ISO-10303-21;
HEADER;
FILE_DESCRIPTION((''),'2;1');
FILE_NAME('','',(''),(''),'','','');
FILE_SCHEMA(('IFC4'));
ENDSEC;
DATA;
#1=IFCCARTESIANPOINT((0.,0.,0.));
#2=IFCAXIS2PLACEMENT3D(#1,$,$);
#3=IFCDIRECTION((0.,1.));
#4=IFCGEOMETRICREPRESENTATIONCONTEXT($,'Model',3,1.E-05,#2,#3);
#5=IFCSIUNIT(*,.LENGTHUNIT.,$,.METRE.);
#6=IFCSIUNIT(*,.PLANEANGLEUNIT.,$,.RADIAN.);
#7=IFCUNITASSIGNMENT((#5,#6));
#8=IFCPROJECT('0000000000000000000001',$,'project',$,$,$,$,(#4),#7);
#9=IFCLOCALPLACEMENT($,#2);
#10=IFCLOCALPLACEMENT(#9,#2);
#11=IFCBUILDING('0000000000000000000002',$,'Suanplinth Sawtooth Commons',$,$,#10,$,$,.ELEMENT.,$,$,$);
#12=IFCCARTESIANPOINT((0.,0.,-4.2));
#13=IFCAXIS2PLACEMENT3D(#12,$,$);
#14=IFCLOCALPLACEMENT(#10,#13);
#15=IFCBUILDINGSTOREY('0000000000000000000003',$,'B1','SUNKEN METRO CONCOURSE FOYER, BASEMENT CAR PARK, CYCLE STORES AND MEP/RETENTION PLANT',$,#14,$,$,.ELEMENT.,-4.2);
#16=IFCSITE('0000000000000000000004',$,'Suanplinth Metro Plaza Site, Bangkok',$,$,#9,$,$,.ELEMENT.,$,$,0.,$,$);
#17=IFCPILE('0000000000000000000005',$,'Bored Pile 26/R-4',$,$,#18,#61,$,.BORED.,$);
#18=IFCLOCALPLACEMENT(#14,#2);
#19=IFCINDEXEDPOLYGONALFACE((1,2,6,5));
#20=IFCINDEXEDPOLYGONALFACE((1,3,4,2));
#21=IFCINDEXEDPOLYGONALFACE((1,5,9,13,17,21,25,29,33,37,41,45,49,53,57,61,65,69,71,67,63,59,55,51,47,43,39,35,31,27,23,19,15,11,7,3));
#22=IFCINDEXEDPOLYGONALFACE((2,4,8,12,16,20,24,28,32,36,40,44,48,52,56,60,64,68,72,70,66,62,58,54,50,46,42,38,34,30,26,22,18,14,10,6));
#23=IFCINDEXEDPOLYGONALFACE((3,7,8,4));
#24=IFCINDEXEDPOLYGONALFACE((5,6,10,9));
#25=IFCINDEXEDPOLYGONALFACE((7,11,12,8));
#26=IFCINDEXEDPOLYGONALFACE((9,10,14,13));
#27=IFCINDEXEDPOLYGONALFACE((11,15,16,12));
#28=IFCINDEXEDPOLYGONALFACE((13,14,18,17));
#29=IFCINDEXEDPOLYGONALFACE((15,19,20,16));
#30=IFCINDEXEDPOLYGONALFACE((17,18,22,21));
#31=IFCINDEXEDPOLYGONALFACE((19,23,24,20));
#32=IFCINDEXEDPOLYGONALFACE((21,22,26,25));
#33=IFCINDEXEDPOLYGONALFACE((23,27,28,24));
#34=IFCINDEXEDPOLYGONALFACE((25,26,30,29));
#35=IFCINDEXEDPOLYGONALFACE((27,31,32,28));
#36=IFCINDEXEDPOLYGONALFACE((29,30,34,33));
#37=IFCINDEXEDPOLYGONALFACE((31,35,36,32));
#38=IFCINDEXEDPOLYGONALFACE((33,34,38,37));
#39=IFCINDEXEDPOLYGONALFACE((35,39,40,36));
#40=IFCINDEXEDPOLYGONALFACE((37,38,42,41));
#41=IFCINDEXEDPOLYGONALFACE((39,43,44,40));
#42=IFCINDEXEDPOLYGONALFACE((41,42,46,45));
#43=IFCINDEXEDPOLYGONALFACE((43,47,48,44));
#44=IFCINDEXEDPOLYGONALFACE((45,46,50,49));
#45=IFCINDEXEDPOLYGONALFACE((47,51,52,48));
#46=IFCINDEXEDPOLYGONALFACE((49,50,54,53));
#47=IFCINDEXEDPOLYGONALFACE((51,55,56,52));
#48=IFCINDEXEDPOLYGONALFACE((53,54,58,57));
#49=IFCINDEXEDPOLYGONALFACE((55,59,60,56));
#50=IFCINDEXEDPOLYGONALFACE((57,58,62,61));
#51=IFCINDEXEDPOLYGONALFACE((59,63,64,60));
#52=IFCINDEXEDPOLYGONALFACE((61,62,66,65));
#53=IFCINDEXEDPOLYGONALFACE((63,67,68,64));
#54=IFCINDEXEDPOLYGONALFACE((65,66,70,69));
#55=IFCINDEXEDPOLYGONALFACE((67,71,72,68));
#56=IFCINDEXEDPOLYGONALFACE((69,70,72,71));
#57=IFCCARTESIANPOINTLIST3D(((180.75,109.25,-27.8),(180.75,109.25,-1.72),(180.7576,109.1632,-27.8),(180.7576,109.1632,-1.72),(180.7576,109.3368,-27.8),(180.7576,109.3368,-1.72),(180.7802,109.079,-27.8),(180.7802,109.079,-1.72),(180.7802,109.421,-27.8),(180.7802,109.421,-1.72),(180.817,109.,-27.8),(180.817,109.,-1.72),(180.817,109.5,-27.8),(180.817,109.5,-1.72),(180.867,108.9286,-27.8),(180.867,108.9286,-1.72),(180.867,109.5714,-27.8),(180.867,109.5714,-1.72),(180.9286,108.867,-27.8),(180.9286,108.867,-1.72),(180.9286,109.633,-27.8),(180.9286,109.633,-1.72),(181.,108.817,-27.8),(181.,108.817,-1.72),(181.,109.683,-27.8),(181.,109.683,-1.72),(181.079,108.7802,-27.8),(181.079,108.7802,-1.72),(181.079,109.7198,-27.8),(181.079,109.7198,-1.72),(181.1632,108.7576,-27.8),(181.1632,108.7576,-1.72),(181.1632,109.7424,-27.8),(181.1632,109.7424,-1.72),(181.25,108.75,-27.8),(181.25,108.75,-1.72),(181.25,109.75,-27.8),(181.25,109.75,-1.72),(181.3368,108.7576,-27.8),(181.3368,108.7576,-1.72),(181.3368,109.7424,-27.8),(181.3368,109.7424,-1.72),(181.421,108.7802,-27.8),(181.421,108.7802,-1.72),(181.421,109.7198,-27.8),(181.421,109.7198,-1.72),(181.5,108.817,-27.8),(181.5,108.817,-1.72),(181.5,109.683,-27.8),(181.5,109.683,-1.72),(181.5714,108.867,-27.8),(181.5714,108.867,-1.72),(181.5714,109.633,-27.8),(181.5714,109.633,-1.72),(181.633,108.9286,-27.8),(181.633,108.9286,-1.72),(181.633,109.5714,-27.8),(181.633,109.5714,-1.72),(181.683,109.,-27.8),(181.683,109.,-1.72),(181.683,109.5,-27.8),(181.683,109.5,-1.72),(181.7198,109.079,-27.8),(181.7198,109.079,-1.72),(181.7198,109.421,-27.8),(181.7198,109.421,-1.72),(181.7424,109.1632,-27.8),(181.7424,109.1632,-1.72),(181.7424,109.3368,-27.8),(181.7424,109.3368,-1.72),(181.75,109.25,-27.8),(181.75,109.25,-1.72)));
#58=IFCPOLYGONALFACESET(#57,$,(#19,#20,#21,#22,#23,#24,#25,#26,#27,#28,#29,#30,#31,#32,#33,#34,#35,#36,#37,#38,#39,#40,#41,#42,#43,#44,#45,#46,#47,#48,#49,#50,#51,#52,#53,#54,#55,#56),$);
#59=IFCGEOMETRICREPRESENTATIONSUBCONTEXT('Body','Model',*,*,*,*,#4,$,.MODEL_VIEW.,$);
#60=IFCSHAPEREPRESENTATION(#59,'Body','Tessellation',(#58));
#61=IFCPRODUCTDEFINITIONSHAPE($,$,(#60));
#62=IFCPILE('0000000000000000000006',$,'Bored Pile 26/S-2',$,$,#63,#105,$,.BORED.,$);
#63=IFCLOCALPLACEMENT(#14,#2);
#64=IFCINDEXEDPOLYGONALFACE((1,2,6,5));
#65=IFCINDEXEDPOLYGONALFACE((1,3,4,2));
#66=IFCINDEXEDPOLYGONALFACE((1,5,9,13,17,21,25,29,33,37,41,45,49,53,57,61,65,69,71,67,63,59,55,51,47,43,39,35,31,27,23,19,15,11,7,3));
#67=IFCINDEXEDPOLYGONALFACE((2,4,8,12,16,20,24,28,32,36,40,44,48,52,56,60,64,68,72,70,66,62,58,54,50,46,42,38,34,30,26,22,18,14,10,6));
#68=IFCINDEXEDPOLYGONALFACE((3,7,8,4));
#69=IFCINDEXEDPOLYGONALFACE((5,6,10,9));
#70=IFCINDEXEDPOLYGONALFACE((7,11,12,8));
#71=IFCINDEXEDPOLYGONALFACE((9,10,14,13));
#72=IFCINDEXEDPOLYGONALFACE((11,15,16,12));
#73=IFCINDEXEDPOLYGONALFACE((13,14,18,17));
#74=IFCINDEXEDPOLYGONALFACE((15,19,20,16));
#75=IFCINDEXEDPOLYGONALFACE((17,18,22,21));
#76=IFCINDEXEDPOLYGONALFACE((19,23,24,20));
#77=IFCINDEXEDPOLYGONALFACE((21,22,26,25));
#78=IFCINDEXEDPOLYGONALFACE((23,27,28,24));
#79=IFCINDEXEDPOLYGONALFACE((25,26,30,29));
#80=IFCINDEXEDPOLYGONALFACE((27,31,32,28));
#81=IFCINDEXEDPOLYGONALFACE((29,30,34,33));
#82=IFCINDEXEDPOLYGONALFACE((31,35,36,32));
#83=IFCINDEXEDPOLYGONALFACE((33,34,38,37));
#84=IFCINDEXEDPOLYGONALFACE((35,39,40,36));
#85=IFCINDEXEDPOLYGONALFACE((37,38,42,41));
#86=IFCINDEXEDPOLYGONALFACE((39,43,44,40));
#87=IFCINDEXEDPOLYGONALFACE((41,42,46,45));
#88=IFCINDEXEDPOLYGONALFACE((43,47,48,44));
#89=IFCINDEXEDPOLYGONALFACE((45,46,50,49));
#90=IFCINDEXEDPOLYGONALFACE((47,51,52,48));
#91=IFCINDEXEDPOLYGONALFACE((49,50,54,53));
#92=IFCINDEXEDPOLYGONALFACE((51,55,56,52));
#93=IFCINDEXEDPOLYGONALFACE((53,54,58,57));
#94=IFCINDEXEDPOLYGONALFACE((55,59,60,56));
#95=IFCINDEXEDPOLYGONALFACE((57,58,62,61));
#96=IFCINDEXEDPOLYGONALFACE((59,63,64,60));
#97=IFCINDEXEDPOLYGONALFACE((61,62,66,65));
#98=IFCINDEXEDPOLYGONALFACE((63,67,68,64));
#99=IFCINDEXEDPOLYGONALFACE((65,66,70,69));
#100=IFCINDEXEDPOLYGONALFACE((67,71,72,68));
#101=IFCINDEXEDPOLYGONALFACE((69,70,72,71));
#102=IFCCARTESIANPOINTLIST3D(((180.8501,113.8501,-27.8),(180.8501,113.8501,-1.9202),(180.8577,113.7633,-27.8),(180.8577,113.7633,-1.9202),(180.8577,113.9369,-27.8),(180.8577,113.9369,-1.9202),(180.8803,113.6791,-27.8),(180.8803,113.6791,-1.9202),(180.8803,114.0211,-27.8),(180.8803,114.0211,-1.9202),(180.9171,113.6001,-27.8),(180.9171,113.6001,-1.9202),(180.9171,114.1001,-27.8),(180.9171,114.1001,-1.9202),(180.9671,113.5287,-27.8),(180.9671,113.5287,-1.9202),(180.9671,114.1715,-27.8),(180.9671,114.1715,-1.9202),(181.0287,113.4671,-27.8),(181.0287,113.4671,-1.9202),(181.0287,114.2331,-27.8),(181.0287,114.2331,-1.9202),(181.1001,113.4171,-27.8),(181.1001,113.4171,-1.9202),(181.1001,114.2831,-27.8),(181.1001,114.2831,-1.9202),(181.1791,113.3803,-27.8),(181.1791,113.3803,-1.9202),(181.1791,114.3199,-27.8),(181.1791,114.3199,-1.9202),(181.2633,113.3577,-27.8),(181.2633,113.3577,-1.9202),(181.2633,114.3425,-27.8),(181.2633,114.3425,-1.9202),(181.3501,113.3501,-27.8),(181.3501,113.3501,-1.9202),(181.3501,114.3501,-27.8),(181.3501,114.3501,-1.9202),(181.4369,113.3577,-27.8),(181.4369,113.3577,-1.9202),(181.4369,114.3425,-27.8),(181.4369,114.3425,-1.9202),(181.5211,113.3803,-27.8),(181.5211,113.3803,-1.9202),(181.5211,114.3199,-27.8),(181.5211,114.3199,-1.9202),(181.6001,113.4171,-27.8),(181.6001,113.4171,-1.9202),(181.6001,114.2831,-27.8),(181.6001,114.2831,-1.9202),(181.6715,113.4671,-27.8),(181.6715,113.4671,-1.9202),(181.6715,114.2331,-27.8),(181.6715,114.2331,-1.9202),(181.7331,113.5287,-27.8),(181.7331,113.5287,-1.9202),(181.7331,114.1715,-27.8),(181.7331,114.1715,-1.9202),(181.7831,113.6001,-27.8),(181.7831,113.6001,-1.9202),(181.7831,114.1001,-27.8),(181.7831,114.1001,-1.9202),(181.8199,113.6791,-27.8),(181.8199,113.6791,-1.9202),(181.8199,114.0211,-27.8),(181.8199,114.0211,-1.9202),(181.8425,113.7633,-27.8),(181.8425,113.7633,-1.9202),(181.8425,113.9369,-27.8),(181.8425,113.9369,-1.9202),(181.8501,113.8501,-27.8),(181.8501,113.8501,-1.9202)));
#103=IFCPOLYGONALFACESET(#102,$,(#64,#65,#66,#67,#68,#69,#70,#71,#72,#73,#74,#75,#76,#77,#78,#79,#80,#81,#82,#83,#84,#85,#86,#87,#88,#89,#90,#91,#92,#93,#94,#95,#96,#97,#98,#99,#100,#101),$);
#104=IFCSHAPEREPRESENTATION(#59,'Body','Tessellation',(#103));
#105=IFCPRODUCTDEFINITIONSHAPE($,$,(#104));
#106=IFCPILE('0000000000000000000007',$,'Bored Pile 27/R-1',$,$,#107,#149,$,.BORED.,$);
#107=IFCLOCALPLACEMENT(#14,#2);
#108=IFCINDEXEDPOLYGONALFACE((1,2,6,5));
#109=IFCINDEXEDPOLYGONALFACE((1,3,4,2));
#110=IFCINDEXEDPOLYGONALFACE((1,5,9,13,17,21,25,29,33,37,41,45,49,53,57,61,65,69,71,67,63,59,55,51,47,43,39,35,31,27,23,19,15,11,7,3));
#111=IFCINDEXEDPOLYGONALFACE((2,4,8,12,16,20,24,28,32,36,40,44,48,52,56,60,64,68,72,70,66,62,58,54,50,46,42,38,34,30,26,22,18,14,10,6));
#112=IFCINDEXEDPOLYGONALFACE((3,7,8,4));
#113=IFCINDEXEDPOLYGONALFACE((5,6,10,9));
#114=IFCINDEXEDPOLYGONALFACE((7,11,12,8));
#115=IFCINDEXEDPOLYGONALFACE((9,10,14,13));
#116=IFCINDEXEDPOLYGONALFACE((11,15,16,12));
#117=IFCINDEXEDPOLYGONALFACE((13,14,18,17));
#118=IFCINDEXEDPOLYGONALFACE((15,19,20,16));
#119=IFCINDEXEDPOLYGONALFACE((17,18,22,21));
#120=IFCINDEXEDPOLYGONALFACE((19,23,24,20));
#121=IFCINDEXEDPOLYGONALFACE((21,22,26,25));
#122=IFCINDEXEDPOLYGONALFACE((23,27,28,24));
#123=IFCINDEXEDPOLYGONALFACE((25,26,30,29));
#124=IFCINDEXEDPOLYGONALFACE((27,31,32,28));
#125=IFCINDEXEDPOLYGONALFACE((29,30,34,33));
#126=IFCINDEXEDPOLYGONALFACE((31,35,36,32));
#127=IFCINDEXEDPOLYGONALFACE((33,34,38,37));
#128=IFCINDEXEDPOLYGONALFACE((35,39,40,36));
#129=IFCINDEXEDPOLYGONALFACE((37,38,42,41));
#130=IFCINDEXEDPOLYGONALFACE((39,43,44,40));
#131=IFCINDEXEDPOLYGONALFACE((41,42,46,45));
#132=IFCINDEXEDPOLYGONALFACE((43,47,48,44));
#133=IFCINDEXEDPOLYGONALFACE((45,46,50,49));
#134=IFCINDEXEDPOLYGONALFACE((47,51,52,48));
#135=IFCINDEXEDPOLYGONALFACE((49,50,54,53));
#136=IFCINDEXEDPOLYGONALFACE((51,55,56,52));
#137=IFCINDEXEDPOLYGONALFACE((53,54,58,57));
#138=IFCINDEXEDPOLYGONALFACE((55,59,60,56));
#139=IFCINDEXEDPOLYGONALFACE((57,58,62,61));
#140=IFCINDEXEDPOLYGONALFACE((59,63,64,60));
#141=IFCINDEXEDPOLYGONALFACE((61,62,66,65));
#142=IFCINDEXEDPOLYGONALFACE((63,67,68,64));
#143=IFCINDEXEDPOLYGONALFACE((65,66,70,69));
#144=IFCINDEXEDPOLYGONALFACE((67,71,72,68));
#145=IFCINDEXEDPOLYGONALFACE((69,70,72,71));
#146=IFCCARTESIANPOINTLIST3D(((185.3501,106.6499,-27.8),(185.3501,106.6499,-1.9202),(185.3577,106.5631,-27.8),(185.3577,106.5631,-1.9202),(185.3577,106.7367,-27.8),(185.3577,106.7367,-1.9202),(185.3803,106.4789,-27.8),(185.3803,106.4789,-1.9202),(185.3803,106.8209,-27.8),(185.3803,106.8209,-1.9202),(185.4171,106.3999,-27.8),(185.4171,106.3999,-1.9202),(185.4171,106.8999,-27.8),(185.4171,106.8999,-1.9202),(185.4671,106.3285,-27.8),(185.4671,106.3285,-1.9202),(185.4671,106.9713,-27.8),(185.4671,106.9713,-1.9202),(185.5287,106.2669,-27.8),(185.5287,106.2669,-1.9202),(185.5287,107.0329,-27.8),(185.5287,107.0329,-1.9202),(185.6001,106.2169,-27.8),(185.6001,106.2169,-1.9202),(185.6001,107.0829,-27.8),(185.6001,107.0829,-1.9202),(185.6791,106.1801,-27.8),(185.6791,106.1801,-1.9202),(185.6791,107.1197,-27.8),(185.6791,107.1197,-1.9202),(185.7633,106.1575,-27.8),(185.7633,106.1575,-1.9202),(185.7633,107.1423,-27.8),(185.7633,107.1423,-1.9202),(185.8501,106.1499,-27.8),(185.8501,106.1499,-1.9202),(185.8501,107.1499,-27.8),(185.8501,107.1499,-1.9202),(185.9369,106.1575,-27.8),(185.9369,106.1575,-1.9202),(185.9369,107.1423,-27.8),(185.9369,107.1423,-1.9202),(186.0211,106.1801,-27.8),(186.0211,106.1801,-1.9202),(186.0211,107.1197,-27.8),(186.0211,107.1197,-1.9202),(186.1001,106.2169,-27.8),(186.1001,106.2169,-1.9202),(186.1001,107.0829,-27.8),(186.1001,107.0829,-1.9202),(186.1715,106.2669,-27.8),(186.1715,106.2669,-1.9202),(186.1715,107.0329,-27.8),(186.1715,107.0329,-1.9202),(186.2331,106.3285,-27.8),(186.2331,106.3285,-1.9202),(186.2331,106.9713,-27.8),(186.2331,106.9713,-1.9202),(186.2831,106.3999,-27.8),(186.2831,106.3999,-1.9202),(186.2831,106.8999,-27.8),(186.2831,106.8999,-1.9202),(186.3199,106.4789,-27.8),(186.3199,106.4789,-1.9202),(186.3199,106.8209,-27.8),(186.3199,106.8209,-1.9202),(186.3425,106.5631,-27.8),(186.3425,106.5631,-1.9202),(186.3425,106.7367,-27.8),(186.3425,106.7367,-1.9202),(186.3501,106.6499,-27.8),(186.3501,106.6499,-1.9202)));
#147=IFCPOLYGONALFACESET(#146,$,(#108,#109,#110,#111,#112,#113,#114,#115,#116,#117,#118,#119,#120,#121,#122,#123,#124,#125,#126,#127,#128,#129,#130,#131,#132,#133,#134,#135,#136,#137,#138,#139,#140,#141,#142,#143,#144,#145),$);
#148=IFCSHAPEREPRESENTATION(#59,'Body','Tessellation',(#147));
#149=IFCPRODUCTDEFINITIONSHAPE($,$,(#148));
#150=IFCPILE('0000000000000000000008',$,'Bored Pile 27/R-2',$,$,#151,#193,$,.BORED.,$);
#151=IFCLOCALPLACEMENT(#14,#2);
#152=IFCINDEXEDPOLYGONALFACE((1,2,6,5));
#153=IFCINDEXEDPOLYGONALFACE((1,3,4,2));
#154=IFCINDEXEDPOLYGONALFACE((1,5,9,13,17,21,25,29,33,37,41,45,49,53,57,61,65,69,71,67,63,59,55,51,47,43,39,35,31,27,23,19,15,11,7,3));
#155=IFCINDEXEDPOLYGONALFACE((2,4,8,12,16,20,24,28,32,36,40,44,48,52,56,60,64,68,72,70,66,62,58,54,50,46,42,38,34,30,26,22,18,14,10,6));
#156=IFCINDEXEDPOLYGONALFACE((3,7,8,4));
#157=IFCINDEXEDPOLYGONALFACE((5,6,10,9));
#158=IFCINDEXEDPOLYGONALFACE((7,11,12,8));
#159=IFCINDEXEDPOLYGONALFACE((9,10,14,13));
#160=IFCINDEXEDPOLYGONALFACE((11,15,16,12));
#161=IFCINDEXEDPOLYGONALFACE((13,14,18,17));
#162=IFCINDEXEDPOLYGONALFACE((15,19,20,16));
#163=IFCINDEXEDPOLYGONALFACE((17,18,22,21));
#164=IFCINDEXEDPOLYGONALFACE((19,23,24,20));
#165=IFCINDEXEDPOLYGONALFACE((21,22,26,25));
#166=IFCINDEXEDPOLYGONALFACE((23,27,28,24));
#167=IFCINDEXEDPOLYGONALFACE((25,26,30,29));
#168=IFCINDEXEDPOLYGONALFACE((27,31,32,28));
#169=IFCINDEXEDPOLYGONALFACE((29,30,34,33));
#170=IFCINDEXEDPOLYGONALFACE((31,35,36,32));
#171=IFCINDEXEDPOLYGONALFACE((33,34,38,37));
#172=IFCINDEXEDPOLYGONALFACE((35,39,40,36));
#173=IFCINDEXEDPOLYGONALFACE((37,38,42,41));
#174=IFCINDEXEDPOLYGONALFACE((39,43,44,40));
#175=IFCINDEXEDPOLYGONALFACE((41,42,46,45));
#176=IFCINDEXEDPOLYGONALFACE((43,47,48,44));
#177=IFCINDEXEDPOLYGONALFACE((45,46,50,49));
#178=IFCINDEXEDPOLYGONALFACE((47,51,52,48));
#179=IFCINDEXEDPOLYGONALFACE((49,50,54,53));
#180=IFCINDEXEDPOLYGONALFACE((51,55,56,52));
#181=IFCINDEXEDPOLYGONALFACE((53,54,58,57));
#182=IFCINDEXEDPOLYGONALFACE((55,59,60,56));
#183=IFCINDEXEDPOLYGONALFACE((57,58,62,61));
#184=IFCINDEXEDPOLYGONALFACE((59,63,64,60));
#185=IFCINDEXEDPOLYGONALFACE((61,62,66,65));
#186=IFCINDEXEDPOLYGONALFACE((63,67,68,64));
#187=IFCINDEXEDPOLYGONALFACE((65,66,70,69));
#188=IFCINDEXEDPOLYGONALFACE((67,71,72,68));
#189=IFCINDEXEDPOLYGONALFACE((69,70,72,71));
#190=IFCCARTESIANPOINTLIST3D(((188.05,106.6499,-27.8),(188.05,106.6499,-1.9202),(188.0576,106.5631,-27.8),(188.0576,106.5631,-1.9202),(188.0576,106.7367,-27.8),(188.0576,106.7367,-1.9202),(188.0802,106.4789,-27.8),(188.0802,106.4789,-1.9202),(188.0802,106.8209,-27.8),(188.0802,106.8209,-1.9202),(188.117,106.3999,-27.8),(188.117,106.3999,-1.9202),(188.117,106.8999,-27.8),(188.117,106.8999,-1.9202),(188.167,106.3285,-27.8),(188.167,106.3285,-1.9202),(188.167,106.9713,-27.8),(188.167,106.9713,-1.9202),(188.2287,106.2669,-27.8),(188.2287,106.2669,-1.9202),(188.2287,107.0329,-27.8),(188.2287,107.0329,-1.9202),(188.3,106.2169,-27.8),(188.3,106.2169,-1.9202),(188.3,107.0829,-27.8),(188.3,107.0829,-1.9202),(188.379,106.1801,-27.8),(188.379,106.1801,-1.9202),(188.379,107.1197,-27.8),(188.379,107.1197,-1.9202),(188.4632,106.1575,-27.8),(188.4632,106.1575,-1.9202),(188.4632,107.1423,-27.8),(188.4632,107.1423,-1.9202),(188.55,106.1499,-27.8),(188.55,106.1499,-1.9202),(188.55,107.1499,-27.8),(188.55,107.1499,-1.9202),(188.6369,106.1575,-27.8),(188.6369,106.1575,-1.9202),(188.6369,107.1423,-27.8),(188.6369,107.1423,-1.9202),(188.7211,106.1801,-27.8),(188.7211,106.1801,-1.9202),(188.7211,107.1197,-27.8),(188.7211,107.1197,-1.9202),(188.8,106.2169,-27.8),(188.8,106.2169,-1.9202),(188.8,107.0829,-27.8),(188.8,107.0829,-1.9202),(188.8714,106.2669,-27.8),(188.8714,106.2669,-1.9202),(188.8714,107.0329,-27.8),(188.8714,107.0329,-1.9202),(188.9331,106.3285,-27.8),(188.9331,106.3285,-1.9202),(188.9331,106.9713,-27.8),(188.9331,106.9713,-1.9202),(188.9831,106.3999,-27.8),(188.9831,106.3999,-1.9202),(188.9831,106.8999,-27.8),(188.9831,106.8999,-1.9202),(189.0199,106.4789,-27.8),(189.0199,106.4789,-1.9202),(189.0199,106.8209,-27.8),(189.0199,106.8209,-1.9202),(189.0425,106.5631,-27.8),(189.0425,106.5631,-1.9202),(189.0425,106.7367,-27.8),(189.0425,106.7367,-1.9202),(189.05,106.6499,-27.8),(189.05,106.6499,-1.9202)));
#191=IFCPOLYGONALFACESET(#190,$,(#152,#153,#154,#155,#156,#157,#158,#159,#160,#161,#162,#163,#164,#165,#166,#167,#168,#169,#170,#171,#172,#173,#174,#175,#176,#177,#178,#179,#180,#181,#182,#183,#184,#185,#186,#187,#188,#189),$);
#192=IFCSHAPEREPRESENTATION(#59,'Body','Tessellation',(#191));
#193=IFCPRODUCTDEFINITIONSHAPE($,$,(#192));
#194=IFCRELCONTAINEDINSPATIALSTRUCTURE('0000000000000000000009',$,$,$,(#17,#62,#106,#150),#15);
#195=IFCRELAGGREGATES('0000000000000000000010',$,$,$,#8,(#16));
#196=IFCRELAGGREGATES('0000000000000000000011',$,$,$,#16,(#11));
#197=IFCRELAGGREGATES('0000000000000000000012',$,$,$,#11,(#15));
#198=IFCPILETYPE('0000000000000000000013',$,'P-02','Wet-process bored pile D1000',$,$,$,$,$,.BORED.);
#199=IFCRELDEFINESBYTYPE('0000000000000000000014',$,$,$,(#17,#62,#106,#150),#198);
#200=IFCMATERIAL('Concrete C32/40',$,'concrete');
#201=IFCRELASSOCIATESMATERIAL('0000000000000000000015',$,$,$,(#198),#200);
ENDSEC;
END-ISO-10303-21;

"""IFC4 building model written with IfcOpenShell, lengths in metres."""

from ifc_helpers import new_model, si_unit, direction, frame, origin, origin_2d, place, context, subcontext, project, spatial, circle, extrude, material, material_profile, profile_set, type_object, element, save


model = new_model("IFC4")

# Units and contexts
model_context = context("Model", 3, precision=1e-05, world=origin(), true_north=direction((0.0, 1.0)))
body_context = subcontext(model_context, "Body", "Model", "MODEL_VIEW")
ifc_project = project(units=[si_unit("LENGTHUNIT", "METRE"), si_unit("PLANEANGLEUNIT", "RADIAN")], contexts=[model_context])

# Site, building, storey
site_placement = place(None, origin())
site = spatial("IfcSite", under=ifc_project, at=site_placement, Name="Suanplinth Metro Plaza Site, Bangkok", CompositionType="ELEMENT", RefElevation=0.0)
building_placement = place(site_placement, origin())
building = spatial("IfcBuilding", under=site, at=building_placement, Name="Suanplinth Sawtooth Commons", CompositionType="ELEMENT")
storey_placement = place(building_placement, frame((0.0, 0.0, -4.2)))
storey = spatial("IfcBuildingStorey", under=building, at=storey_placement, Name="B1", Description="SUNKEN METRO CONCOURSE FOYER, BASEMENT CAR PARK, CYCLE STORES AND MEP/RETENTION PLANT", CompositionType="ELEMENT", Elevation=-4.2)

# Piles
ifc_material_1 = material(Name="Concrete C32/40", Category="concrete")
ifc_material_profile_1 = material_profile(ifc_material_1, circle(Radius=0.5, at=origin_2d()), Name="PILE D1000")
ifc_profile_set_1 = profile_set([ifc_material_profile_1], Name="Concrete C32/40")
pile_type = type_object("IfcPileType", Name="P-02", Description="Wet-process bored pile D1000", PredefinedType="BORED", material=ifc_profile_set_1)
for number, where, z_axis, x_axis, name in (
    (1, (181.25, 109.25, -1.72), (0.0, 0.0, -1.0), (1.0, 0.0, 0.0), "Bored Pile 26/R-4"),
):
    element("IfcPile", number, at=place(storey_placement, frame(where, z_axis=z_axis, x_axis=x_axis)), inside=storey, type_object=pile_type, Name=name, PredefinedType="BORED", context=body_context, shape_type="SweptSolid", body=[
        extrude(circle(Radius=0.5, at=origin_2d()), origin(), (0.0, 0.0, 1.0), 26.0801),
    ])
for number, where, z_axis, x_axis, name in (
    (2, (181.3501, 113.8501, -1.9202), (0.0, 0.0, -1.0), (1.0, 0.0, 0.0), "Bored Pile 26/S-2"),
    (3, (185.8501, 106.6499, -1.9202), (0.0, 0.0, -1.0), (1.0, 0.0, 0.0), "Bored Pile 27/R-1"),
    (4, (188.55, 106.6499, -1.9202), (0.0, 0.0, -1.0), (1.0, 0.0, 0.0), "Bored Pile 27/R-2"),
):
    element("IfcPile", number, at=place(storey_placement, frame(where, z_axis=z_axis, x_axis=x_axis)), inside=storey, type_object=pile_type, Name=name, PredefinedType="BORED", context=body_context, shape_type="SweptSolid", body=[
        extrude(circle(Radius=0.5, at=origin_2d()), origin(), (0.0, 0.0, 1.0), 25.8799),
    ])

save(model, "model.ifc")
